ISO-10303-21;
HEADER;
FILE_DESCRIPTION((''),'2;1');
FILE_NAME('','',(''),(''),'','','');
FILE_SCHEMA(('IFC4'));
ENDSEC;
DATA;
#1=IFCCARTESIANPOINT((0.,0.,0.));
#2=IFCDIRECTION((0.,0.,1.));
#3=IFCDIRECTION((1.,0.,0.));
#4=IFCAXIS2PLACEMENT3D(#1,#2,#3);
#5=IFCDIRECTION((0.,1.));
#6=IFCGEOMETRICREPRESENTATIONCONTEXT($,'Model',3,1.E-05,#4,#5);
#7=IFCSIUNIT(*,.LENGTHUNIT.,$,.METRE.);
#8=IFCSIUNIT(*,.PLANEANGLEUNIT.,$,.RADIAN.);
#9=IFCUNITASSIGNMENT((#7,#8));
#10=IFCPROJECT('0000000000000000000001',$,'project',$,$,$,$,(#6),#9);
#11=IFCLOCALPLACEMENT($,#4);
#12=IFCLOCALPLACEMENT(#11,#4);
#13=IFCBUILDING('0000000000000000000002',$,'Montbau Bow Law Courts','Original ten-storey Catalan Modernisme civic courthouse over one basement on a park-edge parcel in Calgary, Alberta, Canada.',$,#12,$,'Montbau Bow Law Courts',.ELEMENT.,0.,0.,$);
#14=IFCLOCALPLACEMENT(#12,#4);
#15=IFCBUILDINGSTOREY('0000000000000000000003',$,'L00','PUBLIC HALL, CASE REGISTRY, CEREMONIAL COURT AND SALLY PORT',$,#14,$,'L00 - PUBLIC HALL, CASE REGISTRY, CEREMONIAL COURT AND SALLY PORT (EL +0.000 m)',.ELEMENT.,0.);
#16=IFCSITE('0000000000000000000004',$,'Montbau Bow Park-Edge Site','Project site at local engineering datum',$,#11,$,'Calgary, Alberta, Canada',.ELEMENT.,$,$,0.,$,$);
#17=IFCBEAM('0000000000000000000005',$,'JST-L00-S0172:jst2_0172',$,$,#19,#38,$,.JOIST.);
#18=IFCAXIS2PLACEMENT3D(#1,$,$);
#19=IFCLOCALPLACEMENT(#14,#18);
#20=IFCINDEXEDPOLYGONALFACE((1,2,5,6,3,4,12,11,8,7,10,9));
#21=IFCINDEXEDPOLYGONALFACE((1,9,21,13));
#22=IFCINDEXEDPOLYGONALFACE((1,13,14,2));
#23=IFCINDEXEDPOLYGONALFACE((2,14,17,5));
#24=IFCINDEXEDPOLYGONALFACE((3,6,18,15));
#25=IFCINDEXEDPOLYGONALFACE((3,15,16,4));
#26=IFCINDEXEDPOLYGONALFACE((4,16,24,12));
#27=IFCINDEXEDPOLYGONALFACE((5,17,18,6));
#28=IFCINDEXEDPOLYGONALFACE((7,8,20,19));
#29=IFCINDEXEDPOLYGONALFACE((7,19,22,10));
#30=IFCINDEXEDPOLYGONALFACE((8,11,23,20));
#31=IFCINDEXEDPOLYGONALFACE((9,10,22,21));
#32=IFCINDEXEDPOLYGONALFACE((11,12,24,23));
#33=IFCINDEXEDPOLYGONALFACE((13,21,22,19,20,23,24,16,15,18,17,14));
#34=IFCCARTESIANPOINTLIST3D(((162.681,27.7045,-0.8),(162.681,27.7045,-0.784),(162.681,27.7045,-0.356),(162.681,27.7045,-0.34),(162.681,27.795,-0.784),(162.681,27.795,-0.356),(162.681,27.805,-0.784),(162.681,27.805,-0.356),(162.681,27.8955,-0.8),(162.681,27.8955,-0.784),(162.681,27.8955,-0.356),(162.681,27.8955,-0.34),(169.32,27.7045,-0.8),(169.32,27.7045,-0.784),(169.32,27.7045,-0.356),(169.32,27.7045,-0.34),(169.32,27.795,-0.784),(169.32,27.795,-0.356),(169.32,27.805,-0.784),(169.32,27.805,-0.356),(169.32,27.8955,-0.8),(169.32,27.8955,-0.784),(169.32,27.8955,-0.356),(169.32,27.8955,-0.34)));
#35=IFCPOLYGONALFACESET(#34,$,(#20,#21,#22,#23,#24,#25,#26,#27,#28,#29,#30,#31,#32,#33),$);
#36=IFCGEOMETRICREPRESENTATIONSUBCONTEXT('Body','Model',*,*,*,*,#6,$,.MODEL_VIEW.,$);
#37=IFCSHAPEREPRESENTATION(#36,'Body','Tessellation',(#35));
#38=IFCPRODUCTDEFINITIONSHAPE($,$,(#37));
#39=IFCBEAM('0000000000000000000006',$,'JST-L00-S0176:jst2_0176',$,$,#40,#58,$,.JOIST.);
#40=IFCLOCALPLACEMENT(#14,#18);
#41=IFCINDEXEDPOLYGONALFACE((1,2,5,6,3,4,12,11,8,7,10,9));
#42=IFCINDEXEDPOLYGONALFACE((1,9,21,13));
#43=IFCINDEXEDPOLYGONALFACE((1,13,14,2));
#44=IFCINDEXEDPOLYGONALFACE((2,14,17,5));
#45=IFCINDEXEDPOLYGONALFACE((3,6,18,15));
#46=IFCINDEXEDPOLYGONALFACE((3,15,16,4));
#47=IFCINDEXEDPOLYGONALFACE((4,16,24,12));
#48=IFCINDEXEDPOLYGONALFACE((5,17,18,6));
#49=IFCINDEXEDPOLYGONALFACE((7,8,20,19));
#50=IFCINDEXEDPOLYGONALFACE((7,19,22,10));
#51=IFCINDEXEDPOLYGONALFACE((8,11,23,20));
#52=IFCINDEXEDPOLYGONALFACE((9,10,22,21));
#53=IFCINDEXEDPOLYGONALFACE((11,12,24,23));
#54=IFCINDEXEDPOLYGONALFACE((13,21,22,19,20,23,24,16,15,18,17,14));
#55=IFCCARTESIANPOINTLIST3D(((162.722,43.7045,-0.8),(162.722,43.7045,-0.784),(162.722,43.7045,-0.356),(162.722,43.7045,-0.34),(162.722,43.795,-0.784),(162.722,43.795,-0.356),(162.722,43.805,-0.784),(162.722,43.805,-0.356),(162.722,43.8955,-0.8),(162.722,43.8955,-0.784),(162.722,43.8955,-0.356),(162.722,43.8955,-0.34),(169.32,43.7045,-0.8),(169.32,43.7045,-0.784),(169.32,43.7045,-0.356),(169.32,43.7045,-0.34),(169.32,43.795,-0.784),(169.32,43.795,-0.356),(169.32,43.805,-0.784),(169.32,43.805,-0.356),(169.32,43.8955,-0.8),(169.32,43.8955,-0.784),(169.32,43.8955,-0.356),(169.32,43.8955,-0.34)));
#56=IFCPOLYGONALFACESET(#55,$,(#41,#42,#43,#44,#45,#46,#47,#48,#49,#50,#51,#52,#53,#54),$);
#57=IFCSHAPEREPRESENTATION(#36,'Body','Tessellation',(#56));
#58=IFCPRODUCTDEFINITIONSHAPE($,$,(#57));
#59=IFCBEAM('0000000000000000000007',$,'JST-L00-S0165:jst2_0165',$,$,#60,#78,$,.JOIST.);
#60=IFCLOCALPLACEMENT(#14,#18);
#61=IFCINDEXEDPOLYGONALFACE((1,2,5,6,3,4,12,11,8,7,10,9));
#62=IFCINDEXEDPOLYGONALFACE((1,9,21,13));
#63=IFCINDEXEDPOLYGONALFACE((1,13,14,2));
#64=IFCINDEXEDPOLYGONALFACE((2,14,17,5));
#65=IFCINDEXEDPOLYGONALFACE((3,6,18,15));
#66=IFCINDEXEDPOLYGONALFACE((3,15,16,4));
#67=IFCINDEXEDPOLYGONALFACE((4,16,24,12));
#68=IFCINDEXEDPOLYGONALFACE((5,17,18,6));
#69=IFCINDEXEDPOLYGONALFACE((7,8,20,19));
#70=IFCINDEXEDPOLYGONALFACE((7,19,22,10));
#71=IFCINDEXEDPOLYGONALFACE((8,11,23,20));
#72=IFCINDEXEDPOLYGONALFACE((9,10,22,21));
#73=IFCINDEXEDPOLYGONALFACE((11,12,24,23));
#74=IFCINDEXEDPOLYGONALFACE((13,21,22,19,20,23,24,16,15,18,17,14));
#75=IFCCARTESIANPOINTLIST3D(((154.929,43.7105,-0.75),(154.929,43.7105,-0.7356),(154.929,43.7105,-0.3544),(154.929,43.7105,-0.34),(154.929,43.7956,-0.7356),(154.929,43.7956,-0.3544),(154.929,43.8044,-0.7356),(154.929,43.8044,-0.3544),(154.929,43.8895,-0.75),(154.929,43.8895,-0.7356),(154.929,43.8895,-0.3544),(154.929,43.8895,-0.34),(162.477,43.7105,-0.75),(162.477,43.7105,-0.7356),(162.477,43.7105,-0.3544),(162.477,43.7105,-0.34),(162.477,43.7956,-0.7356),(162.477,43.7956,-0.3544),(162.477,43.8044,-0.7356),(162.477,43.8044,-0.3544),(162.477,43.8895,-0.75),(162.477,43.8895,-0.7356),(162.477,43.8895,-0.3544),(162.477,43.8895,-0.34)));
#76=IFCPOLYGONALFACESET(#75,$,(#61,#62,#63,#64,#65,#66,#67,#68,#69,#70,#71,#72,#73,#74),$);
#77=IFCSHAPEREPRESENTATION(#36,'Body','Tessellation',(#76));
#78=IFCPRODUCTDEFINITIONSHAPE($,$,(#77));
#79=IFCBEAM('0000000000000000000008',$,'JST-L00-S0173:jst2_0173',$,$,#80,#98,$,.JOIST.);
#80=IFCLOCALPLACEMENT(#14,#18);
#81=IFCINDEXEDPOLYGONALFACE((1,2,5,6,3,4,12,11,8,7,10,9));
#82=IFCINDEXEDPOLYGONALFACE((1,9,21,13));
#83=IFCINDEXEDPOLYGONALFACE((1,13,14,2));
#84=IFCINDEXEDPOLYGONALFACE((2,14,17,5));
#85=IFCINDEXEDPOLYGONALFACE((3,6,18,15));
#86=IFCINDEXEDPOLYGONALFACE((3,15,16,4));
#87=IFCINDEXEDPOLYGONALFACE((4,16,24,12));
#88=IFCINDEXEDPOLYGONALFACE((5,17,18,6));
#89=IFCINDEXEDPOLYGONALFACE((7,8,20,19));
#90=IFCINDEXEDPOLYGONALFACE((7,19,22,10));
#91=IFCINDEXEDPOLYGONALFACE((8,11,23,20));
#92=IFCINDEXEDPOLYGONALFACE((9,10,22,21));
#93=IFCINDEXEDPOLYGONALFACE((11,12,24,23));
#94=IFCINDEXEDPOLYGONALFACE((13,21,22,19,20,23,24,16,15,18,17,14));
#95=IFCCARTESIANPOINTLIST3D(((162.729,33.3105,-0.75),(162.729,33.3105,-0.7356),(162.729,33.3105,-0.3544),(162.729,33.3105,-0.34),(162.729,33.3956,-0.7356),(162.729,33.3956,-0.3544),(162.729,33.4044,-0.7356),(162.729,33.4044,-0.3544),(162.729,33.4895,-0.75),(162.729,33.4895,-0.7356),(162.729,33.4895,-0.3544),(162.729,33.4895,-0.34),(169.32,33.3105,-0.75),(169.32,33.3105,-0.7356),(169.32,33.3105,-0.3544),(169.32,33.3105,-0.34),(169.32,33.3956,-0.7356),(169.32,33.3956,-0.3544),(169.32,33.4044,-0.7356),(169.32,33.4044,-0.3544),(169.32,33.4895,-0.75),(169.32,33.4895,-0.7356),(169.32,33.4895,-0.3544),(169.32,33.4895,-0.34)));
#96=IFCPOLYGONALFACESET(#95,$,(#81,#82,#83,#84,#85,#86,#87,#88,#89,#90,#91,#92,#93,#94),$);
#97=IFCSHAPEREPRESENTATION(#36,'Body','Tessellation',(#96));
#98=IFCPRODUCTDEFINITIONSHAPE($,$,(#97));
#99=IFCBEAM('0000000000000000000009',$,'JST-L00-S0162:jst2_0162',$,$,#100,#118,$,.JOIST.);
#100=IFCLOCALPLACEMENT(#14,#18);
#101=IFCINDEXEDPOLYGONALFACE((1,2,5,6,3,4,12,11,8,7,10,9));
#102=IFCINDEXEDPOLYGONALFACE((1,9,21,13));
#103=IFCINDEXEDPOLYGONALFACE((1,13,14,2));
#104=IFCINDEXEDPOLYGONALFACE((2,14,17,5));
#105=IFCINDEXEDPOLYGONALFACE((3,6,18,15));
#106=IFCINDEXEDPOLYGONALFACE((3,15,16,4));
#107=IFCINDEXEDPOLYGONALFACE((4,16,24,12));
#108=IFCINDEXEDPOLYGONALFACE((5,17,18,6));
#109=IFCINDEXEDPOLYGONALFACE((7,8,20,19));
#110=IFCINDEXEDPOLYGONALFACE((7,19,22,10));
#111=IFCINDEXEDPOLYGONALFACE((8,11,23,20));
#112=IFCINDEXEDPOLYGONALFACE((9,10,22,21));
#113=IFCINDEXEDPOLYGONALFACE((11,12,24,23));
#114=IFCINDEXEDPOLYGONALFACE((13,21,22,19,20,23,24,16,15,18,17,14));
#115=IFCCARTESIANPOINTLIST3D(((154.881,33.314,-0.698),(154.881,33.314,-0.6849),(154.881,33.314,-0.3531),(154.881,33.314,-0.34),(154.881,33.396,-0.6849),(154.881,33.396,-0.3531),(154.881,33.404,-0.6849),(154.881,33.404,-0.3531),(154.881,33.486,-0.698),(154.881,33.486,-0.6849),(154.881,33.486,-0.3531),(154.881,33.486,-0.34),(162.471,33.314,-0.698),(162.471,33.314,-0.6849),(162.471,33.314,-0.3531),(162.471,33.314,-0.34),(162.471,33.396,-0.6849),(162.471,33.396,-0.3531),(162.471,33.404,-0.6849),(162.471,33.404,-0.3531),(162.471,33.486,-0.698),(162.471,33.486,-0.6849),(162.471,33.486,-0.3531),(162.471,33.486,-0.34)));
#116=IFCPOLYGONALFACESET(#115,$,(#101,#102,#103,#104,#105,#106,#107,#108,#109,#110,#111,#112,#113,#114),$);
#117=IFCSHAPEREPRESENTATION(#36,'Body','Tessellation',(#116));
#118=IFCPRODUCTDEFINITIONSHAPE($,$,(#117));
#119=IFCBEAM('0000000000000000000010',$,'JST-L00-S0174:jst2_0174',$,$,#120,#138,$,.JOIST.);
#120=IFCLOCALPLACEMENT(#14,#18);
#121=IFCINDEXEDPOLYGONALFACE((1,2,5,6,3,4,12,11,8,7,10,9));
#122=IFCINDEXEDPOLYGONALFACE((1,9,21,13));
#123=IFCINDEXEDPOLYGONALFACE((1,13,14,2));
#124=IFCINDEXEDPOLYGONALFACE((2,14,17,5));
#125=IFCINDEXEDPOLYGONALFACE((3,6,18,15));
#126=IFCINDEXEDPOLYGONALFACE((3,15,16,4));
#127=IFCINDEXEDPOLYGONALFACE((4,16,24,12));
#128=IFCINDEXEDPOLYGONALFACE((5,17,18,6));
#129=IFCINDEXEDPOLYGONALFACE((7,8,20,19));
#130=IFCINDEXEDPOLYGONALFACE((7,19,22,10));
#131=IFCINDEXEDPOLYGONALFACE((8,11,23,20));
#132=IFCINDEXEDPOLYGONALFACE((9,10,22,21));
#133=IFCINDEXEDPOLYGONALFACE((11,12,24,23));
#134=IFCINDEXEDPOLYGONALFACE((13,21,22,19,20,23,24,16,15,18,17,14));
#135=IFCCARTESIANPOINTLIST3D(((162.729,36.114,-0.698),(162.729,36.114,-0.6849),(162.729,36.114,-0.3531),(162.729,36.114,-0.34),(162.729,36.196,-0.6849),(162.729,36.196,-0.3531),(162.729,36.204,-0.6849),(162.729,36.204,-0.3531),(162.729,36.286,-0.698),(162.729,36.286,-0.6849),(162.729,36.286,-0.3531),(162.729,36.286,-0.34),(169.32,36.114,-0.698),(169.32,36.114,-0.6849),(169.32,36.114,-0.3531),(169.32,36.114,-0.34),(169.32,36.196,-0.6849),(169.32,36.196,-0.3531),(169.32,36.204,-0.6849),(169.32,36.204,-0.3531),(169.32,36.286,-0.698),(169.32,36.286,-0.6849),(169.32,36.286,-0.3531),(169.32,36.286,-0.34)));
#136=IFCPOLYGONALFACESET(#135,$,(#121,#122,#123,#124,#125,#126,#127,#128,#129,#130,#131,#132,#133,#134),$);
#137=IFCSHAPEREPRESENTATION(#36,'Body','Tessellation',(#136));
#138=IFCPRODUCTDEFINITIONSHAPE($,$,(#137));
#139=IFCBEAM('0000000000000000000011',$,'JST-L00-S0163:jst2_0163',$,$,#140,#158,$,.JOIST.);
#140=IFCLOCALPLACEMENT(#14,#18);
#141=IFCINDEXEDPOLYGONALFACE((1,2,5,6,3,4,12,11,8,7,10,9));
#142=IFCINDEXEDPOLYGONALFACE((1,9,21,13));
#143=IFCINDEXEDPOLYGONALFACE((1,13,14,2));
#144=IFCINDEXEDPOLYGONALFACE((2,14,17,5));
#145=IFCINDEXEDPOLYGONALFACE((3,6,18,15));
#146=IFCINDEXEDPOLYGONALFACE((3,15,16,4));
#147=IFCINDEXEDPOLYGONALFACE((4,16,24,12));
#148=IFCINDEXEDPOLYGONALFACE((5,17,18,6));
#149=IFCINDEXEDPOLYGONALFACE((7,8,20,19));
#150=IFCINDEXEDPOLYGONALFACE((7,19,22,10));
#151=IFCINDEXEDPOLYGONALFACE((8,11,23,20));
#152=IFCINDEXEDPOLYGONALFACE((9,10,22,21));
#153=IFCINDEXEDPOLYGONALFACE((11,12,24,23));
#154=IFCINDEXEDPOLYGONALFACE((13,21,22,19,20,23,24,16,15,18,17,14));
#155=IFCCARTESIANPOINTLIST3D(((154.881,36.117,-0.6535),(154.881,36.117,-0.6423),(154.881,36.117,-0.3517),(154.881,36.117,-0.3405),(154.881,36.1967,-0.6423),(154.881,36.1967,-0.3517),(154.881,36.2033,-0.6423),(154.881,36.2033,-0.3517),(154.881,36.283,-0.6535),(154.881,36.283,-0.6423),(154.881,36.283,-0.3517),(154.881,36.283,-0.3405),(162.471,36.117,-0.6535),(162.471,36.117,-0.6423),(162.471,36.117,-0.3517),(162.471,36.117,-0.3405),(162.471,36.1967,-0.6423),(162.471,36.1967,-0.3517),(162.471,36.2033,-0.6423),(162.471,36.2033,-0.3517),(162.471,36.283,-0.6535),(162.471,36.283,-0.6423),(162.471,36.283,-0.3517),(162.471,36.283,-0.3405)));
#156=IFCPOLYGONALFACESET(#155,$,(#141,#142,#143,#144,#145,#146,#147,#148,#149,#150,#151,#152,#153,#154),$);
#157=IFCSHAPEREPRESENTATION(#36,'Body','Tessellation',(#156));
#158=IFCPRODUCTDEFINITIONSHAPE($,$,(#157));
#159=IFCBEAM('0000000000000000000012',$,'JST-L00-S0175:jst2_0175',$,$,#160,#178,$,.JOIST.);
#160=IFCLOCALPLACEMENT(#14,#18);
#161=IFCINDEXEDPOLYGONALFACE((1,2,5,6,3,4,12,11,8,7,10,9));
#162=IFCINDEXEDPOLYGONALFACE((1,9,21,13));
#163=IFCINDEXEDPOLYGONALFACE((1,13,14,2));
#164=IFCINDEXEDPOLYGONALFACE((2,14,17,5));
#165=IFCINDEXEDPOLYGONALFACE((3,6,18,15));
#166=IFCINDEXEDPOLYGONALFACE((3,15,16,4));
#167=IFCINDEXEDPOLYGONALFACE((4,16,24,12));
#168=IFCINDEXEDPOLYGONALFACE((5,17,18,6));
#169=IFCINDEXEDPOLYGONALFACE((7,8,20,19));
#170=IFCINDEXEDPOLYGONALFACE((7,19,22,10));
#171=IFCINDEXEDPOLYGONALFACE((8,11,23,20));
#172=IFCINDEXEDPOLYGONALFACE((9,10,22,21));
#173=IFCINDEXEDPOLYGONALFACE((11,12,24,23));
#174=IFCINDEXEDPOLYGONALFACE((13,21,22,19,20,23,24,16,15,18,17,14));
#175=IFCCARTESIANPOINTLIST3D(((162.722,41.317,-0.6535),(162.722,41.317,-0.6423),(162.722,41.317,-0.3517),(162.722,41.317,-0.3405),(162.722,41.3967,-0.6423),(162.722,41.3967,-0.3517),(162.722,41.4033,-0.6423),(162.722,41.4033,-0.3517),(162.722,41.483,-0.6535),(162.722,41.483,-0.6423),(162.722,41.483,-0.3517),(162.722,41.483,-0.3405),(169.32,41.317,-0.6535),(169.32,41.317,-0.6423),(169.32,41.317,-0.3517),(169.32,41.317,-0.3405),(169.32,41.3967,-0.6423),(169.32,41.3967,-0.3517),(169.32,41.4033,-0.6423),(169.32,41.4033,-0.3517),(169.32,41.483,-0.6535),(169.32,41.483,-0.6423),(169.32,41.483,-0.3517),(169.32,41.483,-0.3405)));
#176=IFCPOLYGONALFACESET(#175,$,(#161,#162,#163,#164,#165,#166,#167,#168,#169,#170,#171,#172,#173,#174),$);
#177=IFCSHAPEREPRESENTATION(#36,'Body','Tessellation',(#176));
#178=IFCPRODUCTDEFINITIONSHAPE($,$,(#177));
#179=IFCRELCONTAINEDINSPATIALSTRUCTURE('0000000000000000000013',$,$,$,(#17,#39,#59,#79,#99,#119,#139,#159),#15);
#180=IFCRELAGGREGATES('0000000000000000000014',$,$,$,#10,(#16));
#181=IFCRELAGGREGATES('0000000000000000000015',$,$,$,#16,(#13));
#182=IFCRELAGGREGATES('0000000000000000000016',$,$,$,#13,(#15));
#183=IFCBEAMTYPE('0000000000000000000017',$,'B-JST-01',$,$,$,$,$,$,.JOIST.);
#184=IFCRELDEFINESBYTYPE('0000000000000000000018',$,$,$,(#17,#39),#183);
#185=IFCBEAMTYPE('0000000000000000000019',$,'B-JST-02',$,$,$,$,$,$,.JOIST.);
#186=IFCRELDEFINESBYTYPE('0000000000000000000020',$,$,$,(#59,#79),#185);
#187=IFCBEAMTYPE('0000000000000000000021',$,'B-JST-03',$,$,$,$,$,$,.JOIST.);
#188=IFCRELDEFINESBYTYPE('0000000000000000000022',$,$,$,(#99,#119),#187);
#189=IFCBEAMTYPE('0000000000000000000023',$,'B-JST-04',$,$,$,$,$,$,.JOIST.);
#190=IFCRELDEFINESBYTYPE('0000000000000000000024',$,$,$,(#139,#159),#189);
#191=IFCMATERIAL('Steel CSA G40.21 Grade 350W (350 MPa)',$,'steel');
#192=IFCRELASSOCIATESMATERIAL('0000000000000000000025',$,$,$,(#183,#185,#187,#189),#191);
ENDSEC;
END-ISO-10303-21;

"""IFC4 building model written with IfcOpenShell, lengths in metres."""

from ifc_helpers import new_model, si_unit, direction, frame, origin_with_axes, origin_2d_with_axis, place, context, subcontext, project, spatial, i_section, extrude, material, material_profile, profile_set, type_object, element, save


model = new_model("IFC4")

# Units and contexts
model_context = context("Model", 3, precision=1e-05, world=origin_with_axes(), true_north=direction((0.0, 1.0)))
body_context = subcontext(model_context, "Body", "Model", "MODEL_VIEW")
ifc_project = project(units=[si_unit("LENGTHUNIT", "METRE"), si_unit("PLANEANGLEUNIT", "RADIAN")], contexts=[model_context])

# Site, building, storey
site_placement = place(None, origin_with_axes())
site = spatial("IfcSite", under=ifc_project, at=site_placement, Name="Montbau Bow Park-Edge Site", Description="Project site at local engineering datum", LongName="Calgary, Alberta, Canada", CompositionType="ELEMENT", RefElevation=0.0)
building_placement = place(site_placement, origin_with_axes())
building = spatial("IfcBuilding", under=site, at=building_placement, Name="Montbau Bow Law Courts", Description="Original ten-storey Catalan Modernisme civic courthouse over one basement on a park-edge parcel in Calgary, Alberta, Canada.", LongName="Montbau Bow Law Courts", CompositionType="ELEMENT", ElevationOfRefHeight=0.0, ElevationOfTerrain=0.0)
storey_placement = place(building_placement, origin_with_axes())
storey = spatial("IfcBuildingStorey", under=building, at=storey_placement, Name="L00", Description="PUBLIC HALL, CASE REGISTRY, CEREMONIAL COURT AND SALLY PORT", LongName="L00 - PUBLIC HALL, CASE REGISTRY, CEREMONIAL COURT AND SALLY PORT (EL +0.000 m)", CompositionType="ELEMENT", Elevation=0.0)

# Shared definitions
ifc_material_1 = material(Name="Steel CSA G40.21 Grade 350W (350 MPa)", Category="steel")

# Beams
ifc_material_profile_1 = material_profile(ifc_material_1, i_section(OverallWidth=0.191, OverallDepth=0.46, WebThickness=0.0099, FlangeThickness=0.016, at=origin_2d_with_axis()), Name="W460X82", Category="Main", Priority=0)
ifc_profile_set_1 = profile_set([ifc_material_profile_1], Name="Steel CSA G40.21 Grade 350W (350 MPa)")
beam_type_1 = type_object("IfcBeamType", Name="B-JST-01", PredefinedType="JOIST", material=ifc_profile_set_1)
beam_1_placement = place(None, frame((162.681, 27.8, -0.57), z_axis=(1.0, 0.0, 0.0), x_axis=(0.0, 1.0, 0.0)))
element("IfcBeam", 1, at=beam_1_placement, inside=storey, type_object=beam_type_1, Name="JST-L00-S0172:jst2_0172", PredefinedType="JOIST", context=body_context, shape_type="SweptSolid", body=[
    extrude(i_section(OverallWidth=0.191, OverallDepth=0.46, WebThickness=0.0099, FlangeThickness=0.016, at=origin_2d_with_axis()), origin_with_axes(), (0.0, 0.0, 1.0), 6.639),
])
beam_2_placement = place(None, frame((162.722, 43.8, -0.57), z_axis=(1.0, 0.0, 0.0), x_axis=(0.0, 1.0, 0.0)))
element("IfcBeam", 2, at=beam_2_placement, inside=storey, type_object=beam_type_1, Name="JST-L00-S0176:jst2_0176", PredefinedType="JOIST", context=body_context, shape_type="SweptSolid", body=[
    extrude(i_section(OverallWidth=0.191, OverallDepth=0.46, WebThickness=0.0099, FlangeThickness=0.016, at=origin_2d_with_axis()), origin_with_axes(), (0.0, 0.0, 1.0), 6.598),
])
ifc_material_profile_2 = material_profile(ifc_material_1, i_section(OverallWidth=0.179, OverallDepth=0.41, WebThickness=0.0088, FlangeThickness=0.0144, at=origin_2d_with_axis()), Name="W410X67", Category="Main", Priority=0)
ifc_profile_set_2 = profile_set([ifc_material_profile_2], Name="Steel CSA G40.21 Grade 350W (350 MPa)")
beam_type_2 = type_object("IfcBeamType", Name="B-JST-02", PredefinedType="JOIST", material=ifc_profile_set_2)
beam_3_placement = place(None, frame((154.929, 43.8, -0.545), z_axis=(1.0, 0.0, 0.0), x_axis=(0.0, 1.0, 0.0)))
element("IfcBeam", 3, at=beam_3_placement, inside=storey, type_object=beam_type_2, Name="JST-L00-S0165:jst2_0165", PredefinedType="JOIST", context=body_context, shape_type="SweptSolid", body=[
    extrude(i_section(OverallWidth=0.179, OverallDepth=0.41, WebThickness=0.0088, FlangeThickness=0.0144, at=origin_2d_with_axis()), origin_with_axes(), (0.0, 0.0, 1.0), 7.548),
])
beam_4_placement = place(None, frame((162.729, 33.4, -0.545), z_axis=(1.0, 0.0, 0.0), x_axis=(0.0, 1.0, 0.0)))
element("IfcBeam", 4, at=beam_4_placement, inside=storey, type_object=beam_type_2, Name="JST-L00-S0173:jst2_0173", PredefinedType="JOIST", context=body_context, shape_type="SweptSolid", body=[
    extrude(i_section(OverallWidth=0.179, OverallDepth=0.41, WebThickness=0.0088, FlangeThickness=0.0144, at=origin_2d_with_axis()), origin_with_axes(), (0.0, 0.0, 1.0), 6.591),
])
ifc_material_profile_3 = material_profile(ifc_material_1, i_section(OverallWidth=0.172, OverallDepth=0.358, WebThickness=0.0079, FlangeThickness=0.0131, at=origin_2d_with_axis()), Name="W360X57", Category="Main", Priority=0)
ifc_profile_set_3 = profile_set([ifc_material_profile_3], Name="Steel CSA G40.21 Grade 350W (350 MPa)")
beam_type_3 = type_object("IfcBeamType", Name="B-JST-03", PredefinedType="JOIST", material=ifc_profile_set_3)
beam_5_placement = place(None, frame((154.881, 33.4, -0.519), z_axis=(1.0, 0.0, 0.0), x_axis=(0.0, 1.0, 0.0)))
element("IfcBeam", 5, at=beam_5_placement, inside=storey, type_object=beam_type_3, Name="JST-L00-S0162:jst2_0162", PredefinedType="JOIST", context=body_context, shape_type="SweptSolid", body=[
    extrude(i_section(OverallWidth=0.172, OverallDepth=0.358, WebThickness=0.0079, FlangeThickness=0.0131, at=origin_2d_with_axis()), origin_with_axes(), (0.0, 0.0, 1.0), 7.59),
])
beam_6_placement = place(None, frame((162.729, 36.2, -0.519), z_axis=(1.0, 0.0, 0.0), x_axis=(0.0, 1.0, 0.0)))
element("IfcBeam", 6, at=beam_6_placement, inside=storey, type_object=beam_type_3, Name="JST-L00-S0174:jst2_0174", PredefinedType="JOIST", context=body_context, shape_type="SweptSolid", body=[
    extrude(i_section(OverallWidth=0.172, OverallDepth=0.358, WebThickness=0.0079, FlangeThickness=0.0131, at=origin_2d_with_axis()), origin_with_axes(), (0.0, 0.0, 1.0), 6.591),
])
ifc_material_profile_4 = material_profile(ifc_material_1, i_section(OverallWidth=0.166, OverallDepth=0.313, WebThickness=0.0066, FlangeThickness=0.0112, at=origin_2d_with_axis()), Name="W310X45", Category="Main", Priority=0)
ifc_profile_set_4 = profile_set([ifc_material_profile_4], Name="Steel CSA G40.21 Grade 350W (350 MPa)")
beam_type_4 = type_object("IfcBeamType", Name="B-JST-04", PredefinedType="JOIST", material=ifc_profile_set_4)
beam_7_placement = place(None, frame((154.881, 36.2, -0.497), z_axis=(1.0, 0.0, 0.0), x_axis=(0.0, 1.0, 0.0)))
element("IfcBeam", 7, at=beam_7_placement, inside=storey, type_object=beam_type_4, Name="JST-L00-S0163:jst2_0163", PredefinedType="JOIST", context=body_context, shape_type="SweptSolid", body=[
    extrude(i_section(OverallWidth=0.166, OverallDepth=0.313, WebThickness=0.0066, FlangeThickness=0.0112, at=origin_2d_with_axis()), origin_with_axes(), (0.0, 0.0, 1.0), 7.59),
])
beam_8_placement = place(None, frame((162.722, 41.4, -0.497), z_axis=(1.0, 0.0, 0.0), x_axis=(0.0, 1.0, 0.0)))
element("IfcBeam", 8, at=beam_8_placement, inside=storey, type_object=beam_type_4, Name="JST-L00-S0175:jst2_0175", PredefinedType="JOIST", context=body_context, shape_type="SweptSolid", body=[
    extrude(i_section(OverallWidth=0.166, OverallDepth=0.313, WebThickness=0.0066, FlangeThickness=0.0112, at=origin_2d_with_axis()), origin_with_axes(), (0.0, 0.0, 1.0), 6.598),
])

save(model, "model.ifc")
